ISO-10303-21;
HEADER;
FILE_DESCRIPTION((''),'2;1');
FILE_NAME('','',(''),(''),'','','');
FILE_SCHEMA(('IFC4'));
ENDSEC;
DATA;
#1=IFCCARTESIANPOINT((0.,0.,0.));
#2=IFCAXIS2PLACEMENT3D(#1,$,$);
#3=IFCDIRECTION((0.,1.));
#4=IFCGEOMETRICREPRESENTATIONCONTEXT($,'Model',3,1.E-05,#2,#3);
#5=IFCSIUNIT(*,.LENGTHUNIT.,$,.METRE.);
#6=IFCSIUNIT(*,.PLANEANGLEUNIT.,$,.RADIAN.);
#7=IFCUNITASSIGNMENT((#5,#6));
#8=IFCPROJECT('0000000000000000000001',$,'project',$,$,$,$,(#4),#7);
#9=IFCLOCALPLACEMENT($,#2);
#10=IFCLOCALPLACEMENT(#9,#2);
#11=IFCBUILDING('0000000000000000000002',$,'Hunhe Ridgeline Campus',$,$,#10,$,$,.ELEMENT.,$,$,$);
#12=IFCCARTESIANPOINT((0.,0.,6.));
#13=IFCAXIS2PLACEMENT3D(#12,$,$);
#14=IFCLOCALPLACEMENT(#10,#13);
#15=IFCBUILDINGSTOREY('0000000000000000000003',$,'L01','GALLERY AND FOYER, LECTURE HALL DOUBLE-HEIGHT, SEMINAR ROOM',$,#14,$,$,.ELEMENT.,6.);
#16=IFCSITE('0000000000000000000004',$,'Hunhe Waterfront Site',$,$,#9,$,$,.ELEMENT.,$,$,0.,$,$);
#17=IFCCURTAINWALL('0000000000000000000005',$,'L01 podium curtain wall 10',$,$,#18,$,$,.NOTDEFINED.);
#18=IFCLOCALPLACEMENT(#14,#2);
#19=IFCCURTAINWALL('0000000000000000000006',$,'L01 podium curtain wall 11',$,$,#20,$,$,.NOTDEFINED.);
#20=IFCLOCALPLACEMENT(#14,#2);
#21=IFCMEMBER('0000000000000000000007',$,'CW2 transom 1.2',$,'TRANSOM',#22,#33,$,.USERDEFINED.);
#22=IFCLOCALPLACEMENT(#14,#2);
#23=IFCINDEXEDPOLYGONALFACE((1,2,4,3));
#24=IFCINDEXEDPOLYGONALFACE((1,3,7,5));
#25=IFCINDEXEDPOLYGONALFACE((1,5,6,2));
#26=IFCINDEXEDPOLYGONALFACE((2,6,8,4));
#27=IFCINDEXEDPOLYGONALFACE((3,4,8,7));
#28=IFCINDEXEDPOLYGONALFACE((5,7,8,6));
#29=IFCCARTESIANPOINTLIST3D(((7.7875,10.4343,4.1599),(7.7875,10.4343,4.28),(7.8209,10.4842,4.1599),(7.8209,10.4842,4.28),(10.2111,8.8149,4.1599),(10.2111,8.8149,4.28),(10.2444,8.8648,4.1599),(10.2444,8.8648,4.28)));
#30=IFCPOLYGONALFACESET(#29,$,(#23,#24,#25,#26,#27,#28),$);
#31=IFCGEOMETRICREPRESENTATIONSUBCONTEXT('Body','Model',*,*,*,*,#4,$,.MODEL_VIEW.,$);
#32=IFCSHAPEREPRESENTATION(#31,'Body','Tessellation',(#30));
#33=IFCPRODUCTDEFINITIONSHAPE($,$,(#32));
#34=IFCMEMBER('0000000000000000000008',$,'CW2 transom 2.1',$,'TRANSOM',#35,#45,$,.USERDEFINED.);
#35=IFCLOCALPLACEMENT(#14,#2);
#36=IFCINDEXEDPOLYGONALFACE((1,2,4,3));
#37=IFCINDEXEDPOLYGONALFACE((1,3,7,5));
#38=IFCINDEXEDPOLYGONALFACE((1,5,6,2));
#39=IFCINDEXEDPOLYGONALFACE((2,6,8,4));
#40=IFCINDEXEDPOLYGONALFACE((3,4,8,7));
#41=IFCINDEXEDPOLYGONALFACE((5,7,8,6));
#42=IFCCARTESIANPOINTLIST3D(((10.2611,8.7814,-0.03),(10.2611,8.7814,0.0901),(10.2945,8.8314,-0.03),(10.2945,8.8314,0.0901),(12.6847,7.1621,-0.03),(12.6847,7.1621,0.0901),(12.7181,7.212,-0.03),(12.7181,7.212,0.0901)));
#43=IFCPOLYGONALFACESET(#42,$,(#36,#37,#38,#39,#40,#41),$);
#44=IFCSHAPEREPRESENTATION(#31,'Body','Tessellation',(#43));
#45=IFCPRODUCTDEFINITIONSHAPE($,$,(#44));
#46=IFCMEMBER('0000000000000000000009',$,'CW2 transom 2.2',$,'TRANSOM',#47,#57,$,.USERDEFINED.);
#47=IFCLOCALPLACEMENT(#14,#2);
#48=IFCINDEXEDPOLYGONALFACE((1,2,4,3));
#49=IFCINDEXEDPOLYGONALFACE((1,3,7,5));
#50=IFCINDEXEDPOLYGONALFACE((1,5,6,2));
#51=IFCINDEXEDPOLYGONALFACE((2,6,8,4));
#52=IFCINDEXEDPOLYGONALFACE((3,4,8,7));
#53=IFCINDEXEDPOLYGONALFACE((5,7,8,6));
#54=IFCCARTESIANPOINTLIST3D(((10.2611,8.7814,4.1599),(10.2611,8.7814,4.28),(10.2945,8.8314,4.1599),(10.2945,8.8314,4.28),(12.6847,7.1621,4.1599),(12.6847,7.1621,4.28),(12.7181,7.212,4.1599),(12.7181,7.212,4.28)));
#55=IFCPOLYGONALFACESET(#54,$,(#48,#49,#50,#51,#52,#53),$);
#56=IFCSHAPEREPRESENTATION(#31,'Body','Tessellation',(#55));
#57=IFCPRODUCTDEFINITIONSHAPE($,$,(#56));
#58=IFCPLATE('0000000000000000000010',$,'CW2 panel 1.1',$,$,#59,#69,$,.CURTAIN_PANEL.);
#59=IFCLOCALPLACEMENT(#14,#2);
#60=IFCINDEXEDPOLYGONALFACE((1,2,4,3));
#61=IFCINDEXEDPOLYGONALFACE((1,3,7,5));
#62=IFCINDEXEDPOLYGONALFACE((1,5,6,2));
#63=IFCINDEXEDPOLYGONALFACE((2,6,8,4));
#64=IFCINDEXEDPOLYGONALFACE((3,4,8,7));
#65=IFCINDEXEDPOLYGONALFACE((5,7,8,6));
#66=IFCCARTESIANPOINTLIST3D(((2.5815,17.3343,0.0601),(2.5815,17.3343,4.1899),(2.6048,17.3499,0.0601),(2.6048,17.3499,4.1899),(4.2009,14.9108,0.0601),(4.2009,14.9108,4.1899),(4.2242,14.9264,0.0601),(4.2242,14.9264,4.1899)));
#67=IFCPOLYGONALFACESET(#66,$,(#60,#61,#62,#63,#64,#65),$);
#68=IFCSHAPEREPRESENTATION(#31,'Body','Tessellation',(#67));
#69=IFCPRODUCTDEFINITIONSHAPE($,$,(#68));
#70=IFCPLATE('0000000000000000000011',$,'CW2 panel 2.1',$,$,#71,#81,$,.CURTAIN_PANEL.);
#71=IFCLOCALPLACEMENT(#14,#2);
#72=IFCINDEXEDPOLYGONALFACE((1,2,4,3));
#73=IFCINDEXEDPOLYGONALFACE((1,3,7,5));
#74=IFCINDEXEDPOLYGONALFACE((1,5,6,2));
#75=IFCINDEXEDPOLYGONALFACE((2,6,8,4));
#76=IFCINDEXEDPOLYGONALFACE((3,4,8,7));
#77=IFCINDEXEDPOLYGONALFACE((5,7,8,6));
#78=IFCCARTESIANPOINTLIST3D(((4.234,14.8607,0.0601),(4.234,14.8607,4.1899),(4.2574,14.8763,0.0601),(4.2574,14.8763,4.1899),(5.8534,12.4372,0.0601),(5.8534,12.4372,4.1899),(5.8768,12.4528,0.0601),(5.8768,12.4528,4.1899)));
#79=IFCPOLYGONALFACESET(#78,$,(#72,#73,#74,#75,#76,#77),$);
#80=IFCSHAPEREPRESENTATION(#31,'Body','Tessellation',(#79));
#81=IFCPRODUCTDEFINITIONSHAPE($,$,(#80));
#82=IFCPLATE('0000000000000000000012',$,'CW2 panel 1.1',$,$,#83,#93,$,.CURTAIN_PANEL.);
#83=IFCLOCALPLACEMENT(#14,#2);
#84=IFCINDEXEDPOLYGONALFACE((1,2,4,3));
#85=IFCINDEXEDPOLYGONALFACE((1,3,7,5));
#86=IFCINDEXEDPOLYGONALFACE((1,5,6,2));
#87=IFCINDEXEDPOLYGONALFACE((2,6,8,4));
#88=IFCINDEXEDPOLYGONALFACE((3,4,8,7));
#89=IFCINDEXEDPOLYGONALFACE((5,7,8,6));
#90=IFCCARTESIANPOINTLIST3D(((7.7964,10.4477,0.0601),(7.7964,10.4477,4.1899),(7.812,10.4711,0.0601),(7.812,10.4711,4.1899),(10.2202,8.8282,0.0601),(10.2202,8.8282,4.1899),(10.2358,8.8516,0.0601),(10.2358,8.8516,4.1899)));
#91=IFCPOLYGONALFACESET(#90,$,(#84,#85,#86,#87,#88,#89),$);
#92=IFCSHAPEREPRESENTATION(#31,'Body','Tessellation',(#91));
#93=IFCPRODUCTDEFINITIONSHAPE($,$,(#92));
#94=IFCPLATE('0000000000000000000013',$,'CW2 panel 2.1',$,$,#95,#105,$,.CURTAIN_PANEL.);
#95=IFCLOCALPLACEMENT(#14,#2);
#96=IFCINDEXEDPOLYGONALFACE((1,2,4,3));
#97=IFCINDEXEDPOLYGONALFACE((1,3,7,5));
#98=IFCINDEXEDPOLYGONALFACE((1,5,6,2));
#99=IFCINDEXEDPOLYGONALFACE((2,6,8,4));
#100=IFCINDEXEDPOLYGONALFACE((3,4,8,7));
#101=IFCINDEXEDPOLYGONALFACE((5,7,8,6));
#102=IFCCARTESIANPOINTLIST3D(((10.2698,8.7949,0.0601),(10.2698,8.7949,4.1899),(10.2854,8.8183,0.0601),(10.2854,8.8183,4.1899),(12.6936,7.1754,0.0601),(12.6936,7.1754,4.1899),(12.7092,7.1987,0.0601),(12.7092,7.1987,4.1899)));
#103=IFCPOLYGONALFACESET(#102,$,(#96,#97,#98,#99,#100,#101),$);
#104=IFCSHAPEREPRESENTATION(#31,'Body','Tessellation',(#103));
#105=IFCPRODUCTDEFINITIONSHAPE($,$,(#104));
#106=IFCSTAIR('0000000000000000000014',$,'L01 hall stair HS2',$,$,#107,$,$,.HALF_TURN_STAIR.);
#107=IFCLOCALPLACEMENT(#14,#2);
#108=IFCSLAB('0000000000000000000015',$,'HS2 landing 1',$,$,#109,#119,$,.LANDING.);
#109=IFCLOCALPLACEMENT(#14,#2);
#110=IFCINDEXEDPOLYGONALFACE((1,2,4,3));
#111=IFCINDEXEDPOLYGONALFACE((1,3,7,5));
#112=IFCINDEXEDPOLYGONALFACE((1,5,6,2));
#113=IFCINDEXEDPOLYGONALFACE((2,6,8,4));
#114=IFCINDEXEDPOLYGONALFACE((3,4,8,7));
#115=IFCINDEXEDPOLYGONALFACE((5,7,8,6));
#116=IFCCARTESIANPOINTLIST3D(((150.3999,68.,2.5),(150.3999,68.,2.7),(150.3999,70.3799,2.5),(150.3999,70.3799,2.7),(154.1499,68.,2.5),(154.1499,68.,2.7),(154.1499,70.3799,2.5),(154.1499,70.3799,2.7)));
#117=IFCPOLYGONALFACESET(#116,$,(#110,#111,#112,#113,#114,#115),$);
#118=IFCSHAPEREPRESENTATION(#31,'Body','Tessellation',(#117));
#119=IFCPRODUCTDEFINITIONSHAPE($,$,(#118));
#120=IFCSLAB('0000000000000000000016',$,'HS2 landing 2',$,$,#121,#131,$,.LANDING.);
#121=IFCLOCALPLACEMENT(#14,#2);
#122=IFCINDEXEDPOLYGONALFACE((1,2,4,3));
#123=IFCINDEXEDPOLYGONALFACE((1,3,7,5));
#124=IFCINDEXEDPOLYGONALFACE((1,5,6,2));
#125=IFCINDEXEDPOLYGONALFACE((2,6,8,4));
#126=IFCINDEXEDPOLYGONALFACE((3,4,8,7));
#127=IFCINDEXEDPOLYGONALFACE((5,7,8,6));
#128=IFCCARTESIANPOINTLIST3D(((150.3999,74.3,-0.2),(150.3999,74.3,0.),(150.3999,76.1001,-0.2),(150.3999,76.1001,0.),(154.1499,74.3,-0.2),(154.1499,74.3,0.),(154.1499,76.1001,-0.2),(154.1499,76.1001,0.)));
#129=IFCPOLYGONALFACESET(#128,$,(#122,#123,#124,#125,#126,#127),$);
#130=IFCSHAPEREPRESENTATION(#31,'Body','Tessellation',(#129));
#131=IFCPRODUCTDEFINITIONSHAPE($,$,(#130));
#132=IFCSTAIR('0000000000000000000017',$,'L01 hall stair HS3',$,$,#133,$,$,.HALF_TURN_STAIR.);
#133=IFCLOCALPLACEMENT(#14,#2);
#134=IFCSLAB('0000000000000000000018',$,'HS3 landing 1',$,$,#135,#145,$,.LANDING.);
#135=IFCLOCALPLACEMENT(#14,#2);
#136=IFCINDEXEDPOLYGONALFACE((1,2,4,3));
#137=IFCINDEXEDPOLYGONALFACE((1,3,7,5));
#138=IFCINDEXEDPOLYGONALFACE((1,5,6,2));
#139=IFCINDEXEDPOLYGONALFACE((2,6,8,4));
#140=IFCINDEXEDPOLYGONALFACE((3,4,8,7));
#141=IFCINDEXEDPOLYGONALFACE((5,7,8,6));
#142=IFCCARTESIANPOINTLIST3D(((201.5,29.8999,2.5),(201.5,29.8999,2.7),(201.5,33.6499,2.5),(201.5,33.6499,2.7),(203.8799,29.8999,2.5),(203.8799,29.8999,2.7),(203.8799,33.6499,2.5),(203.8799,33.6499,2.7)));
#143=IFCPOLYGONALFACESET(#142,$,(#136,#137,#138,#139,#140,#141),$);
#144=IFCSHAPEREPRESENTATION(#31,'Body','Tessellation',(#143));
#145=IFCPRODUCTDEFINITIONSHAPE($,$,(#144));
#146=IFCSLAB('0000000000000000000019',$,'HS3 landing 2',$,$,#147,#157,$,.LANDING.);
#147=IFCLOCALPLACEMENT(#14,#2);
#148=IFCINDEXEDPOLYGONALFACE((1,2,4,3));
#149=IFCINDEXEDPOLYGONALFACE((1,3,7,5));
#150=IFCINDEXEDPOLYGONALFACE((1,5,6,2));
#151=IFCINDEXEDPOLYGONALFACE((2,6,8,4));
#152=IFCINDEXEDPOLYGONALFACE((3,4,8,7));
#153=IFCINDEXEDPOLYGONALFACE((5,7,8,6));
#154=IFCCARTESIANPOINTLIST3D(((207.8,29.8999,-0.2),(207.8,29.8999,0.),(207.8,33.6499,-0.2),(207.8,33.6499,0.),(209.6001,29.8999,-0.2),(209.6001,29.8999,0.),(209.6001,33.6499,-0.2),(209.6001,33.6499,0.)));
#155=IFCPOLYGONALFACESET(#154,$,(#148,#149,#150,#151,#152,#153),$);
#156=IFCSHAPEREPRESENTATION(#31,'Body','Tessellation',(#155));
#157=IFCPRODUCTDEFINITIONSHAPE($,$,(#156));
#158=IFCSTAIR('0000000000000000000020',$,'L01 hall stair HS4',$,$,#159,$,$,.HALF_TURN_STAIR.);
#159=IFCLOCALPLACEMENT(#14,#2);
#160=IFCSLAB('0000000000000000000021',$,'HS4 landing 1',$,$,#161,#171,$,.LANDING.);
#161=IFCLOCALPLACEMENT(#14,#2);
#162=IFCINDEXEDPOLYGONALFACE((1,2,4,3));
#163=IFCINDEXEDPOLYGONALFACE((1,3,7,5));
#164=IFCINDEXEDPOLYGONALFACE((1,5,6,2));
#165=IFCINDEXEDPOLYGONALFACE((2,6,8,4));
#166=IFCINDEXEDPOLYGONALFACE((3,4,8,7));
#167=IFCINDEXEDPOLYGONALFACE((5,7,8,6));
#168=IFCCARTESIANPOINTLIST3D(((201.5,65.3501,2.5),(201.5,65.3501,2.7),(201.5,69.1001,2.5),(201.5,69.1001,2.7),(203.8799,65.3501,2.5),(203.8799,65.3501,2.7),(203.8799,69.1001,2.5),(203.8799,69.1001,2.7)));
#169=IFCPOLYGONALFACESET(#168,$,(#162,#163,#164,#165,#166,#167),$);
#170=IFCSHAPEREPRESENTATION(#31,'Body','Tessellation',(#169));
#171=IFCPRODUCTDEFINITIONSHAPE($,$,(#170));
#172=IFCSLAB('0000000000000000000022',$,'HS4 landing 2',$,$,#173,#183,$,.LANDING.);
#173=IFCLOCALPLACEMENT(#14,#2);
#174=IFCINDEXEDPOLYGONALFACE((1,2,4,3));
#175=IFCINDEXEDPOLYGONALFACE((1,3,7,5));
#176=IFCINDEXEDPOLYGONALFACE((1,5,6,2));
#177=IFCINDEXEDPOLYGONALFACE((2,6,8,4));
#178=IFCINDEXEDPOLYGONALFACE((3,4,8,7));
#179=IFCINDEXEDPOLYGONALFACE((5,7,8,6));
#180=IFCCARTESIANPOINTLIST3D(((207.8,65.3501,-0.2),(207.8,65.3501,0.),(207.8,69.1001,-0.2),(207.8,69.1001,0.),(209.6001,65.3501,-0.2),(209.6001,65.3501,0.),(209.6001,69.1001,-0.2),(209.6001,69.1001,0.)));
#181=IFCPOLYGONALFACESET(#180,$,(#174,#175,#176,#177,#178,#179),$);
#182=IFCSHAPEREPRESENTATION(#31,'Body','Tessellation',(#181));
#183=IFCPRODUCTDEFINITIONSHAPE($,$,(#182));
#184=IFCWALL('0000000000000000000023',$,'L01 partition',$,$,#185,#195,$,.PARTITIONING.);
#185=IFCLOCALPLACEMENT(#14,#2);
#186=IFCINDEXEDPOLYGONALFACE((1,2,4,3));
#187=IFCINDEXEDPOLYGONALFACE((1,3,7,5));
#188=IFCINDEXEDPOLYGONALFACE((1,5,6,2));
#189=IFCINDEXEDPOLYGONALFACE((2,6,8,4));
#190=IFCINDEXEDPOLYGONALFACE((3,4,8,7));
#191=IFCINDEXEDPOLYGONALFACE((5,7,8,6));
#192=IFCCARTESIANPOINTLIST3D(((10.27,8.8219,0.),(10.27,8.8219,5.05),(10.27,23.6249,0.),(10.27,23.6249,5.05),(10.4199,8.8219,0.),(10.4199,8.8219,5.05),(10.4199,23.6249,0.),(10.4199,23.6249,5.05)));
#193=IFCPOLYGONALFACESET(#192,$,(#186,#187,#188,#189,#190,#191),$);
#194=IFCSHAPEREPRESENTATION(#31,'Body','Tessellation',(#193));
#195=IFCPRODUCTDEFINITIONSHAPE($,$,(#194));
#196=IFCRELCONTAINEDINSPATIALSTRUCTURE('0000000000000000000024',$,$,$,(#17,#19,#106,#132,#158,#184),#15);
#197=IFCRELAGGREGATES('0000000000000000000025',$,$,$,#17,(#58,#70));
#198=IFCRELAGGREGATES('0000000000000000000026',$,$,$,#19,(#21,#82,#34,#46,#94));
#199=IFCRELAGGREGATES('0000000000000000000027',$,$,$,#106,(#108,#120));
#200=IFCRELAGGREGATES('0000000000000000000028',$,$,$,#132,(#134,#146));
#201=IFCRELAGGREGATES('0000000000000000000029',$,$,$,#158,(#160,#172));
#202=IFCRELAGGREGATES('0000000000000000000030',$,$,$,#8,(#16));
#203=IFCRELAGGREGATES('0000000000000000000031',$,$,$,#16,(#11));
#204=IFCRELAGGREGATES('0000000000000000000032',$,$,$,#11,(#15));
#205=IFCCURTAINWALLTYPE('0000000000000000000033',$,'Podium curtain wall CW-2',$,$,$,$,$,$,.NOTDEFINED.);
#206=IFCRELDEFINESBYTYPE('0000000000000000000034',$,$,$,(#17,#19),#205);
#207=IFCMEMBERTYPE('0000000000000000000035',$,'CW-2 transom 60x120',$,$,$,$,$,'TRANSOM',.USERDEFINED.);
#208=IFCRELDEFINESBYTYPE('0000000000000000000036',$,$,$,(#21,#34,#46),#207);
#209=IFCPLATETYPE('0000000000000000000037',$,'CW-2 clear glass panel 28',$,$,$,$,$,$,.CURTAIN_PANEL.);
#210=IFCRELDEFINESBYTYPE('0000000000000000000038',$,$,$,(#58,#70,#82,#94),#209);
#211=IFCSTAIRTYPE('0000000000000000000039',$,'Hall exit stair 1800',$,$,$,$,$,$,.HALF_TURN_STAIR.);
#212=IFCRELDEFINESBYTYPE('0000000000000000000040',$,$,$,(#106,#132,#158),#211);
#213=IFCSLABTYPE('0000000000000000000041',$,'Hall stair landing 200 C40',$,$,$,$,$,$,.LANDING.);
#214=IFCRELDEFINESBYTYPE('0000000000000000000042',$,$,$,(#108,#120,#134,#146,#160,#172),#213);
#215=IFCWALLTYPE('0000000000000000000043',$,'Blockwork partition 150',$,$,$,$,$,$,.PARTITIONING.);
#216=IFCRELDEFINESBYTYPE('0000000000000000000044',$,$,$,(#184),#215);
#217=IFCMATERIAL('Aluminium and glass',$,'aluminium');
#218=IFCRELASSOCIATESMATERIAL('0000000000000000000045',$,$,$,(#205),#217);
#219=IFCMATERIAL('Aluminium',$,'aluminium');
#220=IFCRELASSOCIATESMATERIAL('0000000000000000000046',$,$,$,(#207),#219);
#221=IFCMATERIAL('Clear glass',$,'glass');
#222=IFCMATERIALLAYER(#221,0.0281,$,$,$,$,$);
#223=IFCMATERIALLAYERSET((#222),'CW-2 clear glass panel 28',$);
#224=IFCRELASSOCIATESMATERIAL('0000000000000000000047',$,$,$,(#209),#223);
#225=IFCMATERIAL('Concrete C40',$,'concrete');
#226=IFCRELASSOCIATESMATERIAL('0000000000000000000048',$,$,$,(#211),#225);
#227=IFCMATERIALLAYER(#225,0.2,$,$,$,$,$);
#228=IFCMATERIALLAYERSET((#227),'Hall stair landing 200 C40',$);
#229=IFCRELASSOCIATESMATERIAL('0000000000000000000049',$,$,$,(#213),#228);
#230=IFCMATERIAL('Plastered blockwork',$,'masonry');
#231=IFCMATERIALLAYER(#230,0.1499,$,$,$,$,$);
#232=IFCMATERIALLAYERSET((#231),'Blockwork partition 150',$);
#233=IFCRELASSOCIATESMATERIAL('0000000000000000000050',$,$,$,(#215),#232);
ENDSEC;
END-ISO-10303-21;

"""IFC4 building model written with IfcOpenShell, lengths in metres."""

from ifc_helpers import new_model, si_unit, direction, frame, frame_2d, origin, origin_2d, place, context, subcontext, project, spatial, polyline, rectangle, outline, extrude, material, layer, layer_set, material_profile, profile_set, type_object, element, aggregate, save


model = new_model("IFC4")

# Units and contexts
model_context = context("Model", 3, precision=1e-05, world=origin(), true_north=direction((0.0, 1.0)))
body_context = subcontext(model_context, "Body", "Model", "MODEL_VIEW")
ifc_project = project(units=[si_unit("LENGTHUNIT", "METRE"), si_unit("PLANEANGLEUNIT", "RADIAN")], contexts=[model_context])

# Site, building, storey
site_placement = place(None, origin())
site = spatial("IfcSite", under=ifc_project, at=site_placement, Name="Hunhe Waterfront Site", CompositionType="ELEMENT", RefElevation=0.0)
building_placement = place(site_placement, origin())
building = spatial("IfcBuilding", under=site, at=building_placement, Name="Hunhe Ridgeline Campus", CompositionType="ELEMENT")
storey_placement = place(building_placement, frame((0.0, 0.0, 6.0)))
storey = spatial("IfcBuildingStorey", under=building, at=storey_placement, Name="L01", Description="GALLERY AND FOYER, LECTURE HALL DOUBLE-HEIGHT, SEMINAR ROOM", CompositionType="ELEMENT", Elevation=6.0)

# Curtain walls
ifc_material_1 = material(Name="Aluminium and glass", Category="aluminium")
curtain_wall_type = type_object("IfcCurtainWallType", Name="Podium curtain wall CW-2", PredefinedType="NOTDEFINED", material=ifc_material_1)
curtain_wall_1_placement = place(storey_placement, origin())
curtain_wall_1 = element("IfcCurtainWall", 1, at=curtain_wall_1_placement, inside=storey, type_object=curtain_wall_type, Name="L01 podium curtain wall 10", PredefinedType="NOTDEFINED")
ifc_material_2 = material(Name="Aluminium", Category="aluminium")
curtain_wall_2_placement = place(storey_placement, origin())
curtain_wall_2 = element("IfcCurtainWall", 2, at=curtain_wall_2_placement, inside=storey, type_object=curtain_wall_type, Name="L01 podium curtain wall 11", PredefinedType="NOTDEFINED")

# Members
ifc_material_profile_1 = material_profile(ifc_material_2, rectangle(XDim=0.0601, YDim=0.1201, at=origin_2d()))
ifc_profile_set_1 = profile_set([ifc_material_profile_1], Name="Aluminium")
member_type_1 = type_object("IfcMemberType", Name="CW-2 transom 60x120", ElementType="TRANSOM", PredefinedType="USERDEFINED", material=ifc_profile_set_1)
member_1_placement = place(storey_placement, frame((7.8042, 10.4592, 4.22), z_axis=(0.83147, -0.55557, 0.0), x_axis=(0.55557, 0.83147, 0.0)))
member_1 = element("IfcMember", 3, at=member_1_placement, type_object=member_type_1, Name="CW2 transom 1.2", ObjectType="TRANSOM", PredefinedType="USERDEFINED", context=body_context, shape_type="SweptSolid", body=[
    extrude(rectangle(XDim=0.0601, YDim=0.1201, at=origin_2d()), origin(), (0.0, 0.0, 1.0), 2.9148),
])
member_2_placement = place(storey_placement, frame((10.2778, 8.8064, 0.03), z_axis=(0.83147, -0.55557, 0.0), x_axis=(0.55557, 0.83147, 0.0)))
member_2 = element("IfcMember", 4, at=member_2_placement, type_object=member_type_1, Name="CW2 transom 2.1", ObjectType="TRANSOM", PredefinedType="USERDEFINED", context=body_context, shape_type="SweptSolid", body=[
    extrude(rectangle(XDim=0.0601, YDim=0.1201, at=origin_2d()), origin(), (0.0, 0.0, 1.0), 2.9148),
])
member_3_placement = place(storey_placement, frame((10.2778, 8.8064, 4.22), z_axis=(0.83147, -0.55557, 0.0), x_axis=(0.55557, 0.83147, 0.0)))
member_3 = element("IfcMember", 5, at=member_3_placement, type_object=member_type_1, Name="CW2 transom 2.2", ObjectType="TRANSOM", PredefinedType="USERDEFINED", context=body_context, shape_type="SweptSolid", body=[
    extrude(rectangle(XDim=0.0601, YDim=0.1201, at=origin_2d()), origin(), (0.0, 0.0, 1.0), 2.9148),
])

# Plates
ifc_material_3 = material(Name="Clear glass", Category="glass")
ifc_layer_1 = layer(ifc_material_3, 0.0281)
ifc_layer_set_1 = layer_set([ifc_layer_1], Name="CW-2 clear glass panel 28")
plate_type = type_object("IfcPlateType", Name="CW-2 clear glass panel 28", PredefinedType="CURTAIN_PANEL", material=ifc_layer_set_1)
plate_1_placement = place(storey_placement, frame((3.4028, 16.1304, 0.0601), z_axis=(0.0, 0.0, 1.0), x_axis=(0.555579, -0.831464, 0.0)))
plate_1 = element("IfcPlate", 6, at=plate_1_placement, type_object=plate_type, Name="CW2 panel 1.1", PredefinedType="CURTAIN_PANEL", context=body_context, shape_type="SweptSolid", body=[
    extrude(rectangle(XDim=2.9148, YDim=0.0281, at=origin_2d()), origin(), (0.0, 0.0, 1.0), 4.1299),
])
plate_2_placement = place(storey_placement, frame((5.0554, 13.6567, 0.0601), z_axis=(0.0, 0.0, 1.0), x_axis=(0.555579, -0.831464, 0.0)))
plate_2 = element("IfcPlate", 7, at=plate_2_placement, type_object=plate_type, Name="CW2 panel 2.1", PredefinedType="CURTAIN_PANEL", context=body_context, shape_type="SweptSolid", body=[
    extrude(rectangle(XDim=2.9148, YDim=0.0281, at=origin_2d()), origin(), (0.0, 0.0, 1.0), 4.1299),
])
aggregate(curtain_wall_1, [plate_1, plate_2])
plate_3_placement = place(storey_placement, frame((9.0161, 9.6497, 0.0601), z_axis=(0.0, 0.0, 1.0), x_axis=(0.831469, -0.555572, 0.0)))
plate_3 = element("IfcPlate", 8, at=plate_3_placement, type_object=plate_type, Name="CW2 panel 1.1", PredefinedType="CURTAIN_PANEL", context=body_context, shape_type="SweptSolid", body=[
    extrude(rectangle(XDim=2.915, YDim=0.0281, at=origin_2d()), origin(), (0.0, 0.0, 1.0), 4.1299),
])
plate_4_placement = place(storey_placement, frame((11.4895, 7.9968, 0.0601), z_axis=(0.0, 0.0, 1.0), x_axis=(0.831469, -0.555572, 0.0)))
plate_4 = element("IfcPlate", 9, at=plate_4_placement, type_object=plate_type, Name="CW2 panel 2.1", PredefinedType="CURTAIN_PANEL", context=body_context, shape_type="SweptSolid", body=[
    extrude(rectangle(XDim=2.915, YDim=0.0281, at=origin_2d()), origin(), (0.0, 0.0, 1.0), 4.1299),
])
aggregate(curtain_wall_2, [member_1, plate_3, member_2, member_3, plate_4])

# Stairs, slabs
ifc_material_4 = material(Name="Concrete C40", Category="concrete")
stair_type = type_object("IfcStairType", Name="Hall exit stair 1800", PredefinedType="HALF_TURN_STAIR", material=ifc_material_4)
stair_1_placement = place(storey_placement, origin())
stair_1 = element("IfcStair", 10, at=stair_1_placement, inside=storey, type_object=stair_type, Name="L01 hall stair HS2", PredefinedType="HALF_TURN_STAIR")
ifc_layer_2 = layer(ifc_material_4, 0.2)
ifc_layer_set_2 = layer_set([ifc_layer_2], Name="Hall stair landing 200 C40")
slab_type = type_object("IfcSlabType", Name="Hall stair landing 200 C40", PredefinedType="LANDING", material=ifc_layer_set_2)
slab_1_placement = place(storey_placement, frame((0.0, 0.0, 2.5)))
slab_1 = element("IfcSlab", 11, at=slab_1_placement, type_object=slab_type, Name="HS2 landing 1", PredefinedType="LANDING", context=body_context, shape_type="SweptSolid", body=[
    extrude(outline(polyline([(150.3999, 70.3799), (150.3999, 68.0), (154.1499, 68.0), (154.1499, 70.3799), (150.3999, 70.3799)])), origin(), (0.0, 0.0, 1.0), 0.2),
])
slab_2_placement = place(storey_placement, frame((0.0, 0.0, -0.2)))
slab_2 = element("IfcSlab", 12, at=slab_2_placement, type_object=slab_type, Name="HS2 landing 2", PredefinedType="LANDING", context=body_context, shape_type="SweptSolid", body=[
    extrude(outline(polyline([(150.3999, 76.1001), (150.3999, 74.3), (154.1499, 74.3), (154.1499, 76.1001), (150.3999, 76.1001)])), origin(), (0.0, 0.0, 1.0), 0.2),
])
aggregate(stair_1, [slab_1, slab_2])
stair_2_placement = place(storey_placement, origin())
stair_2 = element("IfcStair", 13, at=stair_2_placement, inside=storey, type_object=stair_type, Name="L01 hall stair HS3", PredefinedType="HALF_TURN_STAIR")
slab_3_placement = place(storey_placement, frame((0.0, 0.0, 2.5)))
slab_3 = element("IfcSlab", 14, at=slab_3_placement, type_object=slab_type, Name="HS3 landing 1", PredefinedType="LANDING", context=body_context, shape_type="SweptSolid", body=[
    extrude(outline(polyline([(203.8799, 33.6499), (201.5, 33.6499), (201.5, 29.8999), (203.8799, 29.8999), (203.8799, 33.6499)])), origin(), (0.0, 0.0, 1.0), 0.2),
])
slab_4_placement = place(storey_placement, frame((0.0, 0.0, -0.2)))
slab_4 = element("IfcSlab", 15, at=slab_4_placement, type_object=slab_type, Name="HS3 landing 2", PredefinedType="LANDING", context=body_context, shape_type="SweptSolid", body=[
    extrude(outline(polyline([(209.6001, 33.6499), (207.8, 33.6499), (207.8, 29.8999), (209.6001, 29.8999), (209.6001, 33.6499)])), origin(), (0.0, 0.0, 1.0), 0.2),
])
aggregate(stair_2, [slab_3, slab_4])
stair_3_placement = place(storey_placement, origin())
stair_3 = element("IfcStair", 16, at=stair_3_placement, inside=storey, type_object=stair_type, Name="L01 hall stair HS4", PredefinedType="HALF_TURN_STAIR")
slab_5_placement = place(storey_placement, frame((0.0, 0.0, 2.5)))
slab_5 = element("IfcSlab", 17, at=slab_5_placement, type_object=slab_type, Name="HS4 landing 1", PredefinedType="LANDING", context=body_context, shape_type="SweptSolid", body=[
    extrude(outline(polyline([(203.8799, 69.1001), (201.5, 69.1001), (201.5, 65.3501), (203.8799, 65.3501), (203.8799, 69.1001)])), origin(), (0.0, 0.0, 1.0), 0.2),
])
slab_6_placement = place(storey_placement, frame((0.0, 0.0, -0.2)))
slab_6 = element("IfcSlab", 18, at=slab_6_placement, type_object=slab_type, Name="HS4 landing 2", PredefinedType="LANDING", context=body_context, shape_type="SweptSolid", body=[
    extrude(outline(polyline([(209.6001, 69.1001), (207.8, 69.1001), (207.8, 65.3501), (209.6001, 65.3501), (209.6001, 69.1001)])), origin(), (0.0, 0.0, 1.0), 0.2),
])
aggregate(stair_3, [slab_5, slab_6])

# Wall
ifc_material_5 = material(Name="Plastered blockwork", Category="masonry")
ifc_layer_3 = layer(ifc_material_5, 0.1499)
ifc_layer_set_3 = layer_set([ifc_layer_3], Name="Blockwork partition 150")
wall_type = type_object("IfcWallType", Name="Blockwork partition 150", PredefinedType="PARTITIONING", material=ifc_layer_set_3)
wall_placement = place(storey_placement, frame((10.345, 8.822, 0.0), z_axis=(0.0, 0.0, 1.0), x_axis=(0.0, 1.0, 0.0)))
element("IfcWall", 19, at=wall_placement, inside=storey, type_object=wall_type, Name="L01 partition", PredefinedType="PARTITIONING", context=body_context, shape_type="SweptSolid", body=[
    extrude(rectangle(XDim=14.803, YDim=0.1499, at=frame_2d((7.4014, 0.0))), origin(), (0.0, 0.0, 1.0), 5.05),
])

save(model, "model.ifc")
